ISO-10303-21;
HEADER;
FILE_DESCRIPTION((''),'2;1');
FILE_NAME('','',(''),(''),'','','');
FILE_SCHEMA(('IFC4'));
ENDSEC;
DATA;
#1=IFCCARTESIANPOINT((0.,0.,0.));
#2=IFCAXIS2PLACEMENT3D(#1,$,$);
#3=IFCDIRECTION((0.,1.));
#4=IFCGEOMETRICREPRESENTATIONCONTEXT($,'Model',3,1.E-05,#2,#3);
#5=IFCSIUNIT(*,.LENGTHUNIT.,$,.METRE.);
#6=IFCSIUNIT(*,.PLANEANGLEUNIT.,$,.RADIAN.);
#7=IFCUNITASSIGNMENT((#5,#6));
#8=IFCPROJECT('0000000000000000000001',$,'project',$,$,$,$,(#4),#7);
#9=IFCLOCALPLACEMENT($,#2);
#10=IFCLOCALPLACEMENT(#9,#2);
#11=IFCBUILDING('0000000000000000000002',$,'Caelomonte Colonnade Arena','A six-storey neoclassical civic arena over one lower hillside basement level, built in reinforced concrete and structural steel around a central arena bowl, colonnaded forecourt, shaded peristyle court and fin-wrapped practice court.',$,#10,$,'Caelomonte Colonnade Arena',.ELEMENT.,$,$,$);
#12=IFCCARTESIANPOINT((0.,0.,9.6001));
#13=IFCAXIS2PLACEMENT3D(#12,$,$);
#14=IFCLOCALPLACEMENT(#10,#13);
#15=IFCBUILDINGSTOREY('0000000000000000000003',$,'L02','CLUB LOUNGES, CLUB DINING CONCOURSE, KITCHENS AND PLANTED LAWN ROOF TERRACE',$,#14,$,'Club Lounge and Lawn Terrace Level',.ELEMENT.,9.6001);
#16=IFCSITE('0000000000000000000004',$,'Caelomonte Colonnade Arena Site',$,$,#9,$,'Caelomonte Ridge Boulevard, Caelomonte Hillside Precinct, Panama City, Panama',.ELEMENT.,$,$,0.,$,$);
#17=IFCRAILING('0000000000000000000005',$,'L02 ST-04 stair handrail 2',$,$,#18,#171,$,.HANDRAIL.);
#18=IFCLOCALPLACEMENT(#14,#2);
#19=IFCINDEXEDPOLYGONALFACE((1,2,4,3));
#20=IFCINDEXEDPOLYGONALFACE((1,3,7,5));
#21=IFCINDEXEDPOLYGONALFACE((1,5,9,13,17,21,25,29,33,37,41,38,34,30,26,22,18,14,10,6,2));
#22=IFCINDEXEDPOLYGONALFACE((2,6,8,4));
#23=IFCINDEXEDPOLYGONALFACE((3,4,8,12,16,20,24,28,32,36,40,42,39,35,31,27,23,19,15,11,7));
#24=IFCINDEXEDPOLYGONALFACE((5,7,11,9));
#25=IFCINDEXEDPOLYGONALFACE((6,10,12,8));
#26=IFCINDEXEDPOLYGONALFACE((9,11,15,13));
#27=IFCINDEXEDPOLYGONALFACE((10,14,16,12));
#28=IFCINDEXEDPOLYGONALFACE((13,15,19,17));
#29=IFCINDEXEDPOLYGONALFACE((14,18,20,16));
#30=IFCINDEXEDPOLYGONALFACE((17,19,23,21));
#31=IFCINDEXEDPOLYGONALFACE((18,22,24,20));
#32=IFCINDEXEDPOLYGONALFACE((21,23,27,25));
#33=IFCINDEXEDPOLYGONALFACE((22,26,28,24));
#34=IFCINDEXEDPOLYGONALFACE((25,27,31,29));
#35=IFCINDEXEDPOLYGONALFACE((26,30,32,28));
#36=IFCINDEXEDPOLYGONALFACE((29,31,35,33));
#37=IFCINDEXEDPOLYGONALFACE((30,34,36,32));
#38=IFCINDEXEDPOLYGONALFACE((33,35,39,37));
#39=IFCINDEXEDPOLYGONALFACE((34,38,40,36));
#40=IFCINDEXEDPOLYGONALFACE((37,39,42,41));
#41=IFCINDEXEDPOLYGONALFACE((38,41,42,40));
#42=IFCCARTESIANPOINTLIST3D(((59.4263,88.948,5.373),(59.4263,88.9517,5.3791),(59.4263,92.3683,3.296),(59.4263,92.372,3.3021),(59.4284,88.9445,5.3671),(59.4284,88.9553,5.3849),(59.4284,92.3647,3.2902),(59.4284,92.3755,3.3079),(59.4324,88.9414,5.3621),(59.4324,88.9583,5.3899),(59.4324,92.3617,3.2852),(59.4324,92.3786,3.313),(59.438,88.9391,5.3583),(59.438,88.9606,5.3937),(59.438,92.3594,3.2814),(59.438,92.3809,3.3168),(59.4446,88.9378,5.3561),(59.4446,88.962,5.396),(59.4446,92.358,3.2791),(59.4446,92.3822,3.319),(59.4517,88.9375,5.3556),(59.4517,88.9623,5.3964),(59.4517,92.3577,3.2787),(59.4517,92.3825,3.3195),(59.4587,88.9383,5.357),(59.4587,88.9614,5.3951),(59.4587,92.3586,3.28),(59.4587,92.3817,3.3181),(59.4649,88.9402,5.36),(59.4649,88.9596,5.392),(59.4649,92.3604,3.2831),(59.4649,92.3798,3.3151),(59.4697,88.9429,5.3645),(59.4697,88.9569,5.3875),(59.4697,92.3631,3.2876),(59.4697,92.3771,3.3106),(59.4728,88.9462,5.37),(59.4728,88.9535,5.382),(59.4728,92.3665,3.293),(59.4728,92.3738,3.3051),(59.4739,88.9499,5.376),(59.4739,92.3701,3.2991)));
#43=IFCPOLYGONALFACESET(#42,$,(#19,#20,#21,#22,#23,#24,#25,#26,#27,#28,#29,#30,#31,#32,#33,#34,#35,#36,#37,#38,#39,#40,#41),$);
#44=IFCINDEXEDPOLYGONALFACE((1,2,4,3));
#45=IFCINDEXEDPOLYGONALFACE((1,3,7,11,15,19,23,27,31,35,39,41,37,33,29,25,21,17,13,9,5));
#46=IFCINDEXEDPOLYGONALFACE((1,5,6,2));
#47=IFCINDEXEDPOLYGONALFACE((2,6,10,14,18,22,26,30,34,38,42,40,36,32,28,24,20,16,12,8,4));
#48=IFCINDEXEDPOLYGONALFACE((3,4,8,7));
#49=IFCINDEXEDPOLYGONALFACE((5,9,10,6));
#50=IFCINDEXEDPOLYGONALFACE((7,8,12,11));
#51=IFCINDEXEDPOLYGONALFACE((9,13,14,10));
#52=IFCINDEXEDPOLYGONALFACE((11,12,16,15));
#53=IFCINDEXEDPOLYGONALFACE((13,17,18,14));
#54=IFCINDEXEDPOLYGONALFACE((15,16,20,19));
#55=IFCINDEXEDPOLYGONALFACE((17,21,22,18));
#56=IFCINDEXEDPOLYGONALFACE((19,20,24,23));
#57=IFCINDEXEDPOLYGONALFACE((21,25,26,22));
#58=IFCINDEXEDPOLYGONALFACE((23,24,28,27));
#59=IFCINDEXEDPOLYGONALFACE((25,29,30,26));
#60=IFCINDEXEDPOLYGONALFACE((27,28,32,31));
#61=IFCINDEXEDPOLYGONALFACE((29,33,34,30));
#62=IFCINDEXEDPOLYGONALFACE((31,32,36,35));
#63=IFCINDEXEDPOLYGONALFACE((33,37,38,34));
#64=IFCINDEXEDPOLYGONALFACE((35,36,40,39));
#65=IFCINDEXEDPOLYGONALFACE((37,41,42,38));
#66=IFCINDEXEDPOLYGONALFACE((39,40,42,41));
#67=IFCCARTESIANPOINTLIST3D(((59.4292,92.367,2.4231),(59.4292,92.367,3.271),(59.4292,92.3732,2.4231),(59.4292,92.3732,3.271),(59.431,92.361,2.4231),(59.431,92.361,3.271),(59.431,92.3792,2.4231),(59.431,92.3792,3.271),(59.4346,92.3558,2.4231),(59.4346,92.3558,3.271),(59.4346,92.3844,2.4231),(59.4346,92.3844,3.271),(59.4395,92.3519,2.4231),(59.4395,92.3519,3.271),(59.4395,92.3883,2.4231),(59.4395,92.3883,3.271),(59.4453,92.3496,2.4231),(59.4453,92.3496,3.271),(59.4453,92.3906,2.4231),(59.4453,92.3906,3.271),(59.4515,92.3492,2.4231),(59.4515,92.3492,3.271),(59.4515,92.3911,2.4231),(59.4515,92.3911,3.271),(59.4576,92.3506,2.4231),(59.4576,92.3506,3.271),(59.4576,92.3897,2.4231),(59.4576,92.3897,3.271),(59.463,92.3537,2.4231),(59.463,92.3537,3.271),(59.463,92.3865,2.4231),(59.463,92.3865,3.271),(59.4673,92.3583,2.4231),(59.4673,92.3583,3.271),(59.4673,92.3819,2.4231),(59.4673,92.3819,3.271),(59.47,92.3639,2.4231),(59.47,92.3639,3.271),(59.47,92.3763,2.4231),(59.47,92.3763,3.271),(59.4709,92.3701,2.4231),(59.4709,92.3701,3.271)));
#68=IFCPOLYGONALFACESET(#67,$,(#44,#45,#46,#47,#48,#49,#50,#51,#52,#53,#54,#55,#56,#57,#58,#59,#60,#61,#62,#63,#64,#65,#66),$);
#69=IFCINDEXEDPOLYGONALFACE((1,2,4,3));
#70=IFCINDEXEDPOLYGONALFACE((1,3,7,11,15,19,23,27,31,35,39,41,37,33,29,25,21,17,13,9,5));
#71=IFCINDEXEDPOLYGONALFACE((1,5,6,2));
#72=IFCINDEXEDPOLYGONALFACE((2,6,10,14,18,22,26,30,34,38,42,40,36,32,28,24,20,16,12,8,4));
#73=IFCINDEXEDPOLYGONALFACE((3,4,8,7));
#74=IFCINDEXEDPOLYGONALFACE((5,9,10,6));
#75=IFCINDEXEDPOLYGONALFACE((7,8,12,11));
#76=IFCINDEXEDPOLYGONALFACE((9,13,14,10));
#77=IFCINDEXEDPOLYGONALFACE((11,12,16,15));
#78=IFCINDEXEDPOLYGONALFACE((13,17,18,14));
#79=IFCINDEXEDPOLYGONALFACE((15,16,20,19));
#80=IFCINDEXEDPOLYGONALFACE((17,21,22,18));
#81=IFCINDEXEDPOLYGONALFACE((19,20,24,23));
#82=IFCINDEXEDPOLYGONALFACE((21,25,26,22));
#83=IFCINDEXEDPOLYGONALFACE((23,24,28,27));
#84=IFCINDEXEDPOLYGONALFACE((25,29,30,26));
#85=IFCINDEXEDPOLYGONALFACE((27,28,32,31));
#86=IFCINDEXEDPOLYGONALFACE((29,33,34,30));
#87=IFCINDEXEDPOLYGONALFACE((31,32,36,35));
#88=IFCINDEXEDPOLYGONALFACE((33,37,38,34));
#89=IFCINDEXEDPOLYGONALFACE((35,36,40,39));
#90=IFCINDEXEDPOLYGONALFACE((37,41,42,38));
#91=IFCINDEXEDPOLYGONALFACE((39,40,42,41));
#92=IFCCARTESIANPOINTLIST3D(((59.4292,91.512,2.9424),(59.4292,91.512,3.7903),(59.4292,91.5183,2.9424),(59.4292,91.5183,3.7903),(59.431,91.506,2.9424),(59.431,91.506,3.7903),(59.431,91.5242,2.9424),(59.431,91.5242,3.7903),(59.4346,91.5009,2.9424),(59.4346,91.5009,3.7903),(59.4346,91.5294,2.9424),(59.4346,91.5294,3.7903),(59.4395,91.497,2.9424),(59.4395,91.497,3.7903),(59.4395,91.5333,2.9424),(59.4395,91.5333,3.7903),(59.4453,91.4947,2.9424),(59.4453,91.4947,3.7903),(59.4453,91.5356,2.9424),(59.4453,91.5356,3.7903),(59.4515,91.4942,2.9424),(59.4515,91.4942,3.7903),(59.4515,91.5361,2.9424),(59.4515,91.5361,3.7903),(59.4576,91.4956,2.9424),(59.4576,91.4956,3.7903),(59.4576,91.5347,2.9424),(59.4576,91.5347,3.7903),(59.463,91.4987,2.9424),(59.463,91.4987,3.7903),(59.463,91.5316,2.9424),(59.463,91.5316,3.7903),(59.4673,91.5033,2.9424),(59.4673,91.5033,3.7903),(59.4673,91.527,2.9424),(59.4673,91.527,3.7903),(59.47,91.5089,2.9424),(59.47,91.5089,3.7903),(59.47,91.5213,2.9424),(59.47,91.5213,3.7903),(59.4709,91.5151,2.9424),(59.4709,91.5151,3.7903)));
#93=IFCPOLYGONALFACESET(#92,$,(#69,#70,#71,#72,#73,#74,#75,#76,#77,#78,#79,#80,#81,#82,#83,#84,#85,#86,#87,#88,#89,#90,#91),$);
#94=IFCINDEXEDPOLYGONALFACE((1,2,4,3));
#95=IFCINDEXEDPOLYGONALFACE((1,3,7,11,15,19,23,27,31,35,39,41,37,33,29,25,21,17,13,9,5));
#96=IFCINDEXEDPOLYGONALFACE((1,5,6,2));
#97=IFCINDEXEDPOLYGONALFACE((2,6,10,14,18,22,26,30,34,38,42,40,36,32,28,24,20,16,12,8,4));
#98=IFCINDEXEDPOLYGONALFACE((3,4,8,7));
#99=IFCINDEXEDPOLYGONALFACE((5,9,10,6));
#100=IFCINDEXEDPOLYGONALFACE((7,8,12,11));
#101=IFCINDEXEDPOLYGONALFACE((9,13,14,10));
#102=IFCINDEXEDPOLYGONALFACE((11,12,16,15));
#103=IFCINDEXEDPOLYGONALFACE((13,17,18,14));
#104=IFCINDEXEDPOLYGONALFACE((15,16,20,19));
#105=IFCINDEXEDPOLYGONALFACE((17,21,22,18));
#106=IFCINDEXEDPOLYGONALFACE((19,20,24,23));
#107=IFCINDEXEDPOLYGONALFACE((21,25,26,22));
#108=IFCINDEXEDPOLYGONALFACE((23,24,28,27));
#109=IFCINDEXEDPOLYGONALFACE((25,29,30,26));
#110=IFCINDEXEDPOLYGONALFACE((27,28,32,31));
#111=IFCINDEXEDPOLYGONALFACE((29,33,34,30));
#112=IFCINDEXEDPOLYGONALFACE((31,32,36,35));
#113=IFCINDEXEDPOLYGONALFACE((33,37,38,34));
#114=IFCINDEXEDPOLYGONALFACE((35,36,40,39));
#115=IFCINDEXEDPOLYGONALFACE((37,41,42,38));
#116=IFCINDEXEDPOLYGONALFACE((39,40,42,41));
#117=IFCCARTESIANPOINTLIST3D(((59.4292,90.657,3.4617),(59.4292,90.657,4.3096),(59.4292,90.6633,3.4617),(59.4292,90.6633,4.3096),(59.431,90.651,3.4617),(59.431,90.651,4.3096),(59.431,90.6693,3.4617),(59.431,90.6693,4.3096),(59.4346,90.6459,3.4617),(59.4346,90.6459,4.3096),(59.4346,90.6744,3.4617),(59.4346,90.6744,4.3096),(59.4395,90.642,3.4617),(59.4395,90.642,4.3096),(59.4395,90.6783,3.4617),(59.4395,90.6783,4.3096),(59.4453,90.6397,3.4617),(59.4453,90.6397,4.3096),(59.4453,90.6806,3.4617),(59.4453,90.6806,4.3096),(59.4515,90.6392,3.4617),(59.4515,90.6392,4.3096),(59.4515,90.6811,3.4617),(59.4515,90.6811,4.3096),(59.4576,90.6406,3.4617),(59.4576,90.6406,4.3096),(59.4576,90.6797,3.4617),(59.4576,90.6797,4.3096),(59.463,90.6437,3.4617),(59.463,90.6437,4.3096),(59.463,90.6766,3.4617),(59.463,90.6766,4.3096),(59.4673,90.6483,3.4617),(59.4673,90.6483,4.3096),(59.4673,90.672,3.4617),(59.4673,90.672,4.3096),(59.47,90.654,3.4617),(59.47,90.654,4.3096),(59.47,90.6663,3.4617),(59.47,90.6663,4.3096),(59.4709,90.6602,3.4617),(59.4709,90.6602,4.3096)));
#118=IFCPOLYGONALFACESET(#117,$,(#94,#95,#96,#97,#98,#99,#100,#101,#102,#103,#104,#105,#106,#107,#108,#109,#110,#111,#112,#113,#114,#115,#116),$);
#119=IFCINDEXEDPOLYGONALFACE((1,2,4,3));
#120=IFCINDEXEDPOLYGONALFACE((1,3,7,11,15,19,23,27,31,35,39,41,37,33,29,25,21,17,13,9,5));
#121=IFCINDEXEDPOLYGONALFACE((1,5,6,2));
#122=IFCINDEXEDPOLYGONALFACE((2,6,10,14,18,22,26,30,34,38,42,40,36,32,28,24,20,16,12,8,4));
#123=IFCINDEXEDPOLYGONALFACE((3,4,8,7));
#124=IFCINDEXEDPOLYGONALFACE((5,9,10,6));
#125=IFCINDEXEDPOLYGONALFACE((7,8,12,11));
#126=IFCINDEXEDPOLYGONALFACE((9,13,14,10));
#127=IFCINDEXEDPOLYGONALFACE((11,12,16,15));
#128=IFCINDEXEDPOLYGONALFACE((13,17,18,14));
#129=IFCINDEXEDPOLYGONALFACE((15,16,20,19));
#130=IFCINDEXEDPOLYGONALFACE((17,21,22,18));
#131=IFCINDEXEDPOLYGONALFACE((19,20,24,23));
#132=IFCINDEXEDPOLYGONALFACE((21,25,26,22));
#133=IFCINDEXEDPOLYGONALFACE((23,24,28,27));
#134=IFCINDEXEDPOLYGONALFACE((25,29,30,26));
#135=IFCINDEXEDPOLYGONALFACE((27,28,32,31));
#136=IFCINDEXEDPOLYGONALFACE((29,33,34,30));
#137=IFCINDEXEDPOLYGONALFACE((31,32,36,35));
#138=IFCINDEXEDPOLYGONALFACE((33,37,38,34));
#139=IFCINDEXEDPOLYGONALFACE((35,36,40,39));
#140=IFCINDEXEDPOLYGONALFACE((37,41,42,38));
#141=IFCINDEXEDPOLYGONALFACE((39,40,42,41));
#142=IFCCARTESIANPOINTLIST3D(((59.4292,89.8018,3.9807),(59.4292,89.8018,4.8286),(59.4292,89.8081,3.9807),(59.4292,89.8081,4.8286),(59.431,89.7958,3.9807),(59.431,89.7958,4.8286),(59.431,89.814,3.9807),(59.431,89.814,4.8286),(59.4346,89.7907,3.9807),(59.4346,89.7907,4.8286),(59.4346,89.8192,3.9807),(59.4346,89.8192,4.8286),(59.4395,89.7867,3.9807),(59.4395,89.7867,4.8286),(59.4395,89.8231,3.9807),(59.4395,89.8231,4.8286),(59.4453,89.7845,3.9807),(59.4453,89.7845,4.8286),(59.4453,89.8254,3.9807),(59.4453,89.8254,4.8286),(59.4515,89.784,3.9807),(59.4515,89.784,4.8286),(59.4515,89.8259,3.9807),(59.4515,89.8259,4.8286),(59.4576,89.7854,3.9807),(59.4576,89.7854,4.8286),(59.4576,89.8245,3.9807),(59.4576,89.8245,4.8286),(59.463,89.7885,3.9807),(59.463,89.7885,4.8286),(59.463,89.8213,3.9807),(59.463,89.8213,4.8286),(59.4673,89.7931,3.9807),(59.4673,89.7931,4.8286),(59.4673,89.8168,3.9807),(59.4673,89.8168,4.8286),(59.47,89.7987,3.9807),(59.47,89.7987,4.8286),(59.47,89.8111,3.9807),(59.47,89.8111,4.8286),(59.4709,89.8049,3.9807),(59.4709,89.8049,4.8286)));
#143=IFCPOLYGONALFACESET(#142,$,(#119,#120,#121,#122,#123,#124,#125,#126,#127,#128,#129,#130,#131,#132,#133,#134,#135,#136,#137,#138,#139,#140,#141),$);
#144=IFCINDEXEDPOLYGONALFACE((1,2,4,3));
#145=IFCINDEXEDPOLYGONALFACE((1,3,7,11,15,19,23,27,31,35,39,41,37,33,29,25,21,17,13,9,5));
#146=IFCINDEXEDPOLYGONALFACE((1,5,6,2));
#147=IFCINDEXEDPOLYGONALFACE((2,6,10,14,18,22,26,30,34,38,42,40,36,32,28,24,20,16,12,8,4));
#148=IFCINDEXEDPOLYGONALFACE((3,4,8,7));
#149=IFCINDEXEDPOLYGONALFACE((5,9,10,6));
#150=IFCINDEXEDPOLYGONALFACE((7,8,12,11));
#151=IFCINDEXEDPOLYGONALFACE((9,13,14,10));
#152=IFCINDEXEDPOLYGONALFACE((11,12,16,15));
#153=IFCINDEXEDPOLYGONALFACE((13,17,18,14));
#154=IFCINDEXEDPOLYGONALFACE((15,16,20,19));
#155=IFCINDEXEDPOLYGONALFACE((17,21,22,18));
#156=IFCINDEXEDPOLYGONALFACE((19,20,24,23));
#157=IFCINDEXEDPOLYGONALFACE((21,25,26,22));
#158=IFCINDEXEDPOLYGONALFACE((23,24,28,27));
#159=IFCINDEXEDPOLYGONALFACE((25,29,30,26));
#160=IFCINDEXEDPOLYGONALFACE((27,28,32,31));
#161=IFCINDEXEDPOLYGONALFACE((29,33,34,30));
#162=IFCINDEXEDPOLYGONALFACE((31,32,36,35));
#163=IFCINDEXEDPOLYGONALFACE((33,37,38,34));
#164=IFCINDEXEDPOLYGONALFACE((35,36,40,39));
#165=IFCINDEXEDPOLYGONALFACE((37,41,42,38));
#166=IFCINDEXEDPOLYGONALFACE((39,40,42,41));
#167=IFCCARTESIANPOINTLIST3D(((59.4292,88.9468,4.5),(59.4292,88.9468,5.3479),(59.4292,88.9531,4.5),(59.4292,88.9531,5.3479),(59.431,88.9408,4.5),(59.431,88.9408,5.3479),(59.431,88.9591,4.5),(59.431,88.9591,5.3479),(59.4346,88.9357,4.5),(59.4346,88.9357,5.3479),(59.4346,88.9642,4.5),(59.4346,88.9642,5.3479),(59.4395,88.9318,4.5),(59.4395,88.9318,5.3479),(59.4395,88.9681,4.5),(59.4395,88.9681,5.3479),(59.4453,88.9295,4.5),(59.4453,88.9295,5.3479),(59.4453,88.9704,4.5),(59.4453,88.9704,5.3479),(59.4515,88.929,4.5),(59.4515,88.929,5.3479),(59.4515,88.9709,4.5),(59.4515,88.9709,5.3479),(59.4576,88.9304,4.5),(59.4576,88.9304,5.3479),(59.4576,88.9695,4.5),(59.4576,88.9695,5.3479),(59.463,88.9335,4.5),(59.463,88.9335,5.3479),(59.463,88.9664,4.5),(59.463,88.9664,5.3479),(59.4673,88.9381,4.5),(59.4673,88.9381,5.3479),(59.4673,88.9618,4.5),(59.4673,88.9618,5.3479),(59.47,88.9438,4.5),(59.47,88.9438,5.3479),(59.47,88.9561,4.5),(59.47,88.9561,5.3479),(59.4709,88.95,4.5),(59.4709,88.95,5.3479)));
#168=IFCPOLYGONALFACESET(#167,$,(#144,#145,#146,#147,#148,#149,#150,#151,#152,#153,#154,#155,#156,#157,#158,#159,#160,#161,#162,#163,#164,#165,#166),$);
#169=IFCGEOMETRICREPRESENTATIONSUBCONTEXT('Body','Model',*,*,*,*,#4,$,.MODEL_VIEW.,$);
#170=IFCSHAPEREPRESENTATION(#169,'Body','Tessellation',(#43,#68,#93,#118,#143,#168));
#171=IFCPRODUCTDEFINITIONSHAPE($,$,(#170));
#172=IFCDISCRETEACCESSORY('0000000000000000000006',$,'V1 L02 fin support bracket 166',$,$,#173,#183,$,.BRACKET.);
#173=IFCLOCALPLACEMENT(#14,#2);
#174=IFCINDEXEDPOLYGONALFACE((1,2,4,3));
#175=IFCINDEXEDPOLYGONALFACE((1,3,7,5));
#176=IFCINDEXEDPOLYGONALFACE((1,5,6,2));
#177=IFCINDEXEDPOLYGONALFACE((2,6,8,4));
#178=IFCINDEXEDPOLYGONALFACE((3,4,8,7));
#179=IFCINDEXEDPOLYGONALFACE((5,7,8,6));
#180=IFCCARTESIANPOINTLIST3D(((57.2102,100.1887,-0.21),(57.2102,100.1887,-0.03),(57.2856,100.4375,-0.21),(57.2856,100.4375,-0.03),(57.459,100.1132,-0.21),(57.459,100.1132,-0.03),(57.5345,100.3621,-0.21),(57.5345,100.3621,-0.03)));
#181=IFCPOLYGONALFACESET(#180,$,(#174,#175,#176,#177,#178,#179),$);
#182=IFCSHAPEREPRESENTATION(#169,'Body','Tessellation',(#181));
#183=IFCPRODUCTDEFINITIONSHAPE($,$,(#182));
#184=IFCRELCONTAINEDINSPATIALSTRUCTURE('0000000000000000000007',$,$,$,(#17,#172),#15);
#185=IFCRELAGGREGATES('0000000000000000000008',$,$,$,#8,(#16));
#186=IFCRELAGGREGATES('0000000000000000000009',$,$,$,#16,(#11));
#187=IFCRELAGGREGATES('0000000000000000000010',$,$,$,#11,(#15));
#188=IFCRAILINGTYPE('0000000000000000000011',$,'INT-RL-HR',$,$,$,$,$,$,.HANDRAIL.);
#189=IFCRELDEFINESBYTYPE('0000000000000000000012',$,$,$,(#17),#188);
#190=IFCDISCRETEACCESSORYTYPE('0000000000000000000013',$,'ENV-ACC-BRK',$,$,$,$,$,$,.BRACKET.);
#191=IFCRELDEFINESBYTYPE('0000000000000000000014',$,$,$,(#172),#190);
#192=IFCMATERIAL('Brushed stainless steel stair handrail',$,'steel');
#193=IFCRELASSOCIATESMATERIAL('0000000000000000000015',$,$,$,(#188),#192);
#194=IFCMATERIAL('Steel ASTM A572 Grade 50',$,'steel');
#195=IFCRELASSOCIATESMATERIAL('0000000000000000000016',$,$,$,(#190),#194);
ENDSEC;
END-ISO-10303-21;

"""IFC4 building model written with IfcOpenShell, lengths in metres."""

from ifc_helpers import new_model, si_unit, direction, frame, origin, origin_2d, place, context, subcontext, project, spatial, rectangle, circle, extrude, material, type_object, element, save


model = new_model("IFC4")

# Units and contexts
model_context = context("Model", 3, precision=1e-05, world=origin(), true_north=direction((0.0, 1.0)))
body_context = subcontext(model_context, "Body", "Model", "MODEL_VIEW")
ifc_project = project(units=[si_unit("LENGTHUNIT", "METRE"), si_unit("PLANEANGLEUNIT", "RADIAN")], contexts=[model_context])

# Site, building, storey
site_placement = place(None, origin())
site = spatial("IfcSite", under=ifc_project, at=site_placement, Name="Caelomonte Colonnade Arena Site", LongName="Caelomonte Ridge Boulevard, Caelomonte Hillside Precinct, Panama City, Panama", CompositionType="ELEMENT", RefElevation=0.0)
building_placement = place(site_placement, origin())
building = spatial("IfcBuilding", under=site, at=building_placement, Name="Caelomonte Colonnade Arena", Description="A six-storey neoclassical civic arena over one lower hillside basement level, built in reinforced concrete and structural steel around a central arena bowl, colonnaded forecourt, shaded peristyle court and fin-wrapped practice court.", LongName="Caelomonte Colonnade Arena", CompositionType="ELEMENT")
storey_placement = place(building_placement, frame((0.0, 0.0, 9.6001)))
storey = spatial("IfcBuildingStorey", under=building, at=storey_placement, Name="L02", Description="CLUB LOUNGES, CLUB DINING CONCOURSE, KITCHENS AND PLANTED LAWN ROOF TERRACE", LongName="Club Lounge and Lawn Terrace Level", CompositionType="ELEMENT", Elevation=9.6001)

# Railing
ifc_material_1 = material(Name="Brushed stainless steel stair handrail", Category="steel")
railing_type = type_object("IfcRailingType", Name="INT-RL-HR", PredefinedType="HANDRAIL", material=ifc_material_1)
railing_placement = place(storey_placement, frame((59.45, 92.3701, 2.4231)))
element("IfcRailing", 1, at=railing_placement, inside=storey, type_object=railing_type, Name="L02 ST-04 stair handrail 2", PredefinedType="HANDRAIL", context=body_context, shape_type="SweptSolid", body=[
    extrude(circle(Radius=0.0239, at=origin_2d()), frame((0.0, 0.0, 0.876), z_axis=(0.0, -0.854746, 0.519047), x_axis=(1.0, 0.0, 0.0)), (0.0, 0.0, 1.0), 4.0015),
    extrude(circle(Radius=0.021, at=origin_2d()), origin(), (0.0, 0.0, 1.0), 0.8479),
    extrude(circle(Radius=0.021, at=origin_2d()), frame((0.0, -0.855, 0.5193)), (0.0, 0.0, 1.0), 0.8479),
    extrude(circle(Radius=0.021, at=origin_2d()), frame((0.0, -1.71, 1.0386)), (0.0, 0.0, 1.0), 0.8479),
    extrude(circle(Radius=0.021, at=origin_2d()), frame((0.0, -2.5652, 1.5576)), (0.0, 0.0, 1.0), 0.8479),
    extrude(circle(Radius=0.021, at=origin_2d()), frame((0.0, -3.4202, 2.0769)), (0.0, 0.0, 1.0), 0.8479),
])

# Discrete accessory
ifc_material_2 = material(Name="Steel ASTM A572 Grade 50", Category="steel")
discrete_accessory_type = type_object("IfcDiscreteAccessoryType", Name="ENV-ACC-BRK", PredefinedType="BRACKET", material=ifc_material_2)
discrete_accessory_placement = place(storey_placement, frame((57.3723, 100.2754, -0.21), z_axis=(0.0, 0.0, 1.0), x_axis=(-0.290276, -0.956943, 0.0)))
element("IfcDiscreteAccessory", 2, at=discrete_accessory_placement, inside=storey, type_object=discrete_accessory_type, Name="V1 L02 fin support bracket 166", PredefinedType="BRACKET", context=body_context, shape_type="SweptSolid", body=[
    extrude(rectangle(XDim=0.26, YDim=0.26, at=origin_2d()), origin(), (0.0, 0.0, 1.0), 0.1799),
])

save(model, "model.ifc")
